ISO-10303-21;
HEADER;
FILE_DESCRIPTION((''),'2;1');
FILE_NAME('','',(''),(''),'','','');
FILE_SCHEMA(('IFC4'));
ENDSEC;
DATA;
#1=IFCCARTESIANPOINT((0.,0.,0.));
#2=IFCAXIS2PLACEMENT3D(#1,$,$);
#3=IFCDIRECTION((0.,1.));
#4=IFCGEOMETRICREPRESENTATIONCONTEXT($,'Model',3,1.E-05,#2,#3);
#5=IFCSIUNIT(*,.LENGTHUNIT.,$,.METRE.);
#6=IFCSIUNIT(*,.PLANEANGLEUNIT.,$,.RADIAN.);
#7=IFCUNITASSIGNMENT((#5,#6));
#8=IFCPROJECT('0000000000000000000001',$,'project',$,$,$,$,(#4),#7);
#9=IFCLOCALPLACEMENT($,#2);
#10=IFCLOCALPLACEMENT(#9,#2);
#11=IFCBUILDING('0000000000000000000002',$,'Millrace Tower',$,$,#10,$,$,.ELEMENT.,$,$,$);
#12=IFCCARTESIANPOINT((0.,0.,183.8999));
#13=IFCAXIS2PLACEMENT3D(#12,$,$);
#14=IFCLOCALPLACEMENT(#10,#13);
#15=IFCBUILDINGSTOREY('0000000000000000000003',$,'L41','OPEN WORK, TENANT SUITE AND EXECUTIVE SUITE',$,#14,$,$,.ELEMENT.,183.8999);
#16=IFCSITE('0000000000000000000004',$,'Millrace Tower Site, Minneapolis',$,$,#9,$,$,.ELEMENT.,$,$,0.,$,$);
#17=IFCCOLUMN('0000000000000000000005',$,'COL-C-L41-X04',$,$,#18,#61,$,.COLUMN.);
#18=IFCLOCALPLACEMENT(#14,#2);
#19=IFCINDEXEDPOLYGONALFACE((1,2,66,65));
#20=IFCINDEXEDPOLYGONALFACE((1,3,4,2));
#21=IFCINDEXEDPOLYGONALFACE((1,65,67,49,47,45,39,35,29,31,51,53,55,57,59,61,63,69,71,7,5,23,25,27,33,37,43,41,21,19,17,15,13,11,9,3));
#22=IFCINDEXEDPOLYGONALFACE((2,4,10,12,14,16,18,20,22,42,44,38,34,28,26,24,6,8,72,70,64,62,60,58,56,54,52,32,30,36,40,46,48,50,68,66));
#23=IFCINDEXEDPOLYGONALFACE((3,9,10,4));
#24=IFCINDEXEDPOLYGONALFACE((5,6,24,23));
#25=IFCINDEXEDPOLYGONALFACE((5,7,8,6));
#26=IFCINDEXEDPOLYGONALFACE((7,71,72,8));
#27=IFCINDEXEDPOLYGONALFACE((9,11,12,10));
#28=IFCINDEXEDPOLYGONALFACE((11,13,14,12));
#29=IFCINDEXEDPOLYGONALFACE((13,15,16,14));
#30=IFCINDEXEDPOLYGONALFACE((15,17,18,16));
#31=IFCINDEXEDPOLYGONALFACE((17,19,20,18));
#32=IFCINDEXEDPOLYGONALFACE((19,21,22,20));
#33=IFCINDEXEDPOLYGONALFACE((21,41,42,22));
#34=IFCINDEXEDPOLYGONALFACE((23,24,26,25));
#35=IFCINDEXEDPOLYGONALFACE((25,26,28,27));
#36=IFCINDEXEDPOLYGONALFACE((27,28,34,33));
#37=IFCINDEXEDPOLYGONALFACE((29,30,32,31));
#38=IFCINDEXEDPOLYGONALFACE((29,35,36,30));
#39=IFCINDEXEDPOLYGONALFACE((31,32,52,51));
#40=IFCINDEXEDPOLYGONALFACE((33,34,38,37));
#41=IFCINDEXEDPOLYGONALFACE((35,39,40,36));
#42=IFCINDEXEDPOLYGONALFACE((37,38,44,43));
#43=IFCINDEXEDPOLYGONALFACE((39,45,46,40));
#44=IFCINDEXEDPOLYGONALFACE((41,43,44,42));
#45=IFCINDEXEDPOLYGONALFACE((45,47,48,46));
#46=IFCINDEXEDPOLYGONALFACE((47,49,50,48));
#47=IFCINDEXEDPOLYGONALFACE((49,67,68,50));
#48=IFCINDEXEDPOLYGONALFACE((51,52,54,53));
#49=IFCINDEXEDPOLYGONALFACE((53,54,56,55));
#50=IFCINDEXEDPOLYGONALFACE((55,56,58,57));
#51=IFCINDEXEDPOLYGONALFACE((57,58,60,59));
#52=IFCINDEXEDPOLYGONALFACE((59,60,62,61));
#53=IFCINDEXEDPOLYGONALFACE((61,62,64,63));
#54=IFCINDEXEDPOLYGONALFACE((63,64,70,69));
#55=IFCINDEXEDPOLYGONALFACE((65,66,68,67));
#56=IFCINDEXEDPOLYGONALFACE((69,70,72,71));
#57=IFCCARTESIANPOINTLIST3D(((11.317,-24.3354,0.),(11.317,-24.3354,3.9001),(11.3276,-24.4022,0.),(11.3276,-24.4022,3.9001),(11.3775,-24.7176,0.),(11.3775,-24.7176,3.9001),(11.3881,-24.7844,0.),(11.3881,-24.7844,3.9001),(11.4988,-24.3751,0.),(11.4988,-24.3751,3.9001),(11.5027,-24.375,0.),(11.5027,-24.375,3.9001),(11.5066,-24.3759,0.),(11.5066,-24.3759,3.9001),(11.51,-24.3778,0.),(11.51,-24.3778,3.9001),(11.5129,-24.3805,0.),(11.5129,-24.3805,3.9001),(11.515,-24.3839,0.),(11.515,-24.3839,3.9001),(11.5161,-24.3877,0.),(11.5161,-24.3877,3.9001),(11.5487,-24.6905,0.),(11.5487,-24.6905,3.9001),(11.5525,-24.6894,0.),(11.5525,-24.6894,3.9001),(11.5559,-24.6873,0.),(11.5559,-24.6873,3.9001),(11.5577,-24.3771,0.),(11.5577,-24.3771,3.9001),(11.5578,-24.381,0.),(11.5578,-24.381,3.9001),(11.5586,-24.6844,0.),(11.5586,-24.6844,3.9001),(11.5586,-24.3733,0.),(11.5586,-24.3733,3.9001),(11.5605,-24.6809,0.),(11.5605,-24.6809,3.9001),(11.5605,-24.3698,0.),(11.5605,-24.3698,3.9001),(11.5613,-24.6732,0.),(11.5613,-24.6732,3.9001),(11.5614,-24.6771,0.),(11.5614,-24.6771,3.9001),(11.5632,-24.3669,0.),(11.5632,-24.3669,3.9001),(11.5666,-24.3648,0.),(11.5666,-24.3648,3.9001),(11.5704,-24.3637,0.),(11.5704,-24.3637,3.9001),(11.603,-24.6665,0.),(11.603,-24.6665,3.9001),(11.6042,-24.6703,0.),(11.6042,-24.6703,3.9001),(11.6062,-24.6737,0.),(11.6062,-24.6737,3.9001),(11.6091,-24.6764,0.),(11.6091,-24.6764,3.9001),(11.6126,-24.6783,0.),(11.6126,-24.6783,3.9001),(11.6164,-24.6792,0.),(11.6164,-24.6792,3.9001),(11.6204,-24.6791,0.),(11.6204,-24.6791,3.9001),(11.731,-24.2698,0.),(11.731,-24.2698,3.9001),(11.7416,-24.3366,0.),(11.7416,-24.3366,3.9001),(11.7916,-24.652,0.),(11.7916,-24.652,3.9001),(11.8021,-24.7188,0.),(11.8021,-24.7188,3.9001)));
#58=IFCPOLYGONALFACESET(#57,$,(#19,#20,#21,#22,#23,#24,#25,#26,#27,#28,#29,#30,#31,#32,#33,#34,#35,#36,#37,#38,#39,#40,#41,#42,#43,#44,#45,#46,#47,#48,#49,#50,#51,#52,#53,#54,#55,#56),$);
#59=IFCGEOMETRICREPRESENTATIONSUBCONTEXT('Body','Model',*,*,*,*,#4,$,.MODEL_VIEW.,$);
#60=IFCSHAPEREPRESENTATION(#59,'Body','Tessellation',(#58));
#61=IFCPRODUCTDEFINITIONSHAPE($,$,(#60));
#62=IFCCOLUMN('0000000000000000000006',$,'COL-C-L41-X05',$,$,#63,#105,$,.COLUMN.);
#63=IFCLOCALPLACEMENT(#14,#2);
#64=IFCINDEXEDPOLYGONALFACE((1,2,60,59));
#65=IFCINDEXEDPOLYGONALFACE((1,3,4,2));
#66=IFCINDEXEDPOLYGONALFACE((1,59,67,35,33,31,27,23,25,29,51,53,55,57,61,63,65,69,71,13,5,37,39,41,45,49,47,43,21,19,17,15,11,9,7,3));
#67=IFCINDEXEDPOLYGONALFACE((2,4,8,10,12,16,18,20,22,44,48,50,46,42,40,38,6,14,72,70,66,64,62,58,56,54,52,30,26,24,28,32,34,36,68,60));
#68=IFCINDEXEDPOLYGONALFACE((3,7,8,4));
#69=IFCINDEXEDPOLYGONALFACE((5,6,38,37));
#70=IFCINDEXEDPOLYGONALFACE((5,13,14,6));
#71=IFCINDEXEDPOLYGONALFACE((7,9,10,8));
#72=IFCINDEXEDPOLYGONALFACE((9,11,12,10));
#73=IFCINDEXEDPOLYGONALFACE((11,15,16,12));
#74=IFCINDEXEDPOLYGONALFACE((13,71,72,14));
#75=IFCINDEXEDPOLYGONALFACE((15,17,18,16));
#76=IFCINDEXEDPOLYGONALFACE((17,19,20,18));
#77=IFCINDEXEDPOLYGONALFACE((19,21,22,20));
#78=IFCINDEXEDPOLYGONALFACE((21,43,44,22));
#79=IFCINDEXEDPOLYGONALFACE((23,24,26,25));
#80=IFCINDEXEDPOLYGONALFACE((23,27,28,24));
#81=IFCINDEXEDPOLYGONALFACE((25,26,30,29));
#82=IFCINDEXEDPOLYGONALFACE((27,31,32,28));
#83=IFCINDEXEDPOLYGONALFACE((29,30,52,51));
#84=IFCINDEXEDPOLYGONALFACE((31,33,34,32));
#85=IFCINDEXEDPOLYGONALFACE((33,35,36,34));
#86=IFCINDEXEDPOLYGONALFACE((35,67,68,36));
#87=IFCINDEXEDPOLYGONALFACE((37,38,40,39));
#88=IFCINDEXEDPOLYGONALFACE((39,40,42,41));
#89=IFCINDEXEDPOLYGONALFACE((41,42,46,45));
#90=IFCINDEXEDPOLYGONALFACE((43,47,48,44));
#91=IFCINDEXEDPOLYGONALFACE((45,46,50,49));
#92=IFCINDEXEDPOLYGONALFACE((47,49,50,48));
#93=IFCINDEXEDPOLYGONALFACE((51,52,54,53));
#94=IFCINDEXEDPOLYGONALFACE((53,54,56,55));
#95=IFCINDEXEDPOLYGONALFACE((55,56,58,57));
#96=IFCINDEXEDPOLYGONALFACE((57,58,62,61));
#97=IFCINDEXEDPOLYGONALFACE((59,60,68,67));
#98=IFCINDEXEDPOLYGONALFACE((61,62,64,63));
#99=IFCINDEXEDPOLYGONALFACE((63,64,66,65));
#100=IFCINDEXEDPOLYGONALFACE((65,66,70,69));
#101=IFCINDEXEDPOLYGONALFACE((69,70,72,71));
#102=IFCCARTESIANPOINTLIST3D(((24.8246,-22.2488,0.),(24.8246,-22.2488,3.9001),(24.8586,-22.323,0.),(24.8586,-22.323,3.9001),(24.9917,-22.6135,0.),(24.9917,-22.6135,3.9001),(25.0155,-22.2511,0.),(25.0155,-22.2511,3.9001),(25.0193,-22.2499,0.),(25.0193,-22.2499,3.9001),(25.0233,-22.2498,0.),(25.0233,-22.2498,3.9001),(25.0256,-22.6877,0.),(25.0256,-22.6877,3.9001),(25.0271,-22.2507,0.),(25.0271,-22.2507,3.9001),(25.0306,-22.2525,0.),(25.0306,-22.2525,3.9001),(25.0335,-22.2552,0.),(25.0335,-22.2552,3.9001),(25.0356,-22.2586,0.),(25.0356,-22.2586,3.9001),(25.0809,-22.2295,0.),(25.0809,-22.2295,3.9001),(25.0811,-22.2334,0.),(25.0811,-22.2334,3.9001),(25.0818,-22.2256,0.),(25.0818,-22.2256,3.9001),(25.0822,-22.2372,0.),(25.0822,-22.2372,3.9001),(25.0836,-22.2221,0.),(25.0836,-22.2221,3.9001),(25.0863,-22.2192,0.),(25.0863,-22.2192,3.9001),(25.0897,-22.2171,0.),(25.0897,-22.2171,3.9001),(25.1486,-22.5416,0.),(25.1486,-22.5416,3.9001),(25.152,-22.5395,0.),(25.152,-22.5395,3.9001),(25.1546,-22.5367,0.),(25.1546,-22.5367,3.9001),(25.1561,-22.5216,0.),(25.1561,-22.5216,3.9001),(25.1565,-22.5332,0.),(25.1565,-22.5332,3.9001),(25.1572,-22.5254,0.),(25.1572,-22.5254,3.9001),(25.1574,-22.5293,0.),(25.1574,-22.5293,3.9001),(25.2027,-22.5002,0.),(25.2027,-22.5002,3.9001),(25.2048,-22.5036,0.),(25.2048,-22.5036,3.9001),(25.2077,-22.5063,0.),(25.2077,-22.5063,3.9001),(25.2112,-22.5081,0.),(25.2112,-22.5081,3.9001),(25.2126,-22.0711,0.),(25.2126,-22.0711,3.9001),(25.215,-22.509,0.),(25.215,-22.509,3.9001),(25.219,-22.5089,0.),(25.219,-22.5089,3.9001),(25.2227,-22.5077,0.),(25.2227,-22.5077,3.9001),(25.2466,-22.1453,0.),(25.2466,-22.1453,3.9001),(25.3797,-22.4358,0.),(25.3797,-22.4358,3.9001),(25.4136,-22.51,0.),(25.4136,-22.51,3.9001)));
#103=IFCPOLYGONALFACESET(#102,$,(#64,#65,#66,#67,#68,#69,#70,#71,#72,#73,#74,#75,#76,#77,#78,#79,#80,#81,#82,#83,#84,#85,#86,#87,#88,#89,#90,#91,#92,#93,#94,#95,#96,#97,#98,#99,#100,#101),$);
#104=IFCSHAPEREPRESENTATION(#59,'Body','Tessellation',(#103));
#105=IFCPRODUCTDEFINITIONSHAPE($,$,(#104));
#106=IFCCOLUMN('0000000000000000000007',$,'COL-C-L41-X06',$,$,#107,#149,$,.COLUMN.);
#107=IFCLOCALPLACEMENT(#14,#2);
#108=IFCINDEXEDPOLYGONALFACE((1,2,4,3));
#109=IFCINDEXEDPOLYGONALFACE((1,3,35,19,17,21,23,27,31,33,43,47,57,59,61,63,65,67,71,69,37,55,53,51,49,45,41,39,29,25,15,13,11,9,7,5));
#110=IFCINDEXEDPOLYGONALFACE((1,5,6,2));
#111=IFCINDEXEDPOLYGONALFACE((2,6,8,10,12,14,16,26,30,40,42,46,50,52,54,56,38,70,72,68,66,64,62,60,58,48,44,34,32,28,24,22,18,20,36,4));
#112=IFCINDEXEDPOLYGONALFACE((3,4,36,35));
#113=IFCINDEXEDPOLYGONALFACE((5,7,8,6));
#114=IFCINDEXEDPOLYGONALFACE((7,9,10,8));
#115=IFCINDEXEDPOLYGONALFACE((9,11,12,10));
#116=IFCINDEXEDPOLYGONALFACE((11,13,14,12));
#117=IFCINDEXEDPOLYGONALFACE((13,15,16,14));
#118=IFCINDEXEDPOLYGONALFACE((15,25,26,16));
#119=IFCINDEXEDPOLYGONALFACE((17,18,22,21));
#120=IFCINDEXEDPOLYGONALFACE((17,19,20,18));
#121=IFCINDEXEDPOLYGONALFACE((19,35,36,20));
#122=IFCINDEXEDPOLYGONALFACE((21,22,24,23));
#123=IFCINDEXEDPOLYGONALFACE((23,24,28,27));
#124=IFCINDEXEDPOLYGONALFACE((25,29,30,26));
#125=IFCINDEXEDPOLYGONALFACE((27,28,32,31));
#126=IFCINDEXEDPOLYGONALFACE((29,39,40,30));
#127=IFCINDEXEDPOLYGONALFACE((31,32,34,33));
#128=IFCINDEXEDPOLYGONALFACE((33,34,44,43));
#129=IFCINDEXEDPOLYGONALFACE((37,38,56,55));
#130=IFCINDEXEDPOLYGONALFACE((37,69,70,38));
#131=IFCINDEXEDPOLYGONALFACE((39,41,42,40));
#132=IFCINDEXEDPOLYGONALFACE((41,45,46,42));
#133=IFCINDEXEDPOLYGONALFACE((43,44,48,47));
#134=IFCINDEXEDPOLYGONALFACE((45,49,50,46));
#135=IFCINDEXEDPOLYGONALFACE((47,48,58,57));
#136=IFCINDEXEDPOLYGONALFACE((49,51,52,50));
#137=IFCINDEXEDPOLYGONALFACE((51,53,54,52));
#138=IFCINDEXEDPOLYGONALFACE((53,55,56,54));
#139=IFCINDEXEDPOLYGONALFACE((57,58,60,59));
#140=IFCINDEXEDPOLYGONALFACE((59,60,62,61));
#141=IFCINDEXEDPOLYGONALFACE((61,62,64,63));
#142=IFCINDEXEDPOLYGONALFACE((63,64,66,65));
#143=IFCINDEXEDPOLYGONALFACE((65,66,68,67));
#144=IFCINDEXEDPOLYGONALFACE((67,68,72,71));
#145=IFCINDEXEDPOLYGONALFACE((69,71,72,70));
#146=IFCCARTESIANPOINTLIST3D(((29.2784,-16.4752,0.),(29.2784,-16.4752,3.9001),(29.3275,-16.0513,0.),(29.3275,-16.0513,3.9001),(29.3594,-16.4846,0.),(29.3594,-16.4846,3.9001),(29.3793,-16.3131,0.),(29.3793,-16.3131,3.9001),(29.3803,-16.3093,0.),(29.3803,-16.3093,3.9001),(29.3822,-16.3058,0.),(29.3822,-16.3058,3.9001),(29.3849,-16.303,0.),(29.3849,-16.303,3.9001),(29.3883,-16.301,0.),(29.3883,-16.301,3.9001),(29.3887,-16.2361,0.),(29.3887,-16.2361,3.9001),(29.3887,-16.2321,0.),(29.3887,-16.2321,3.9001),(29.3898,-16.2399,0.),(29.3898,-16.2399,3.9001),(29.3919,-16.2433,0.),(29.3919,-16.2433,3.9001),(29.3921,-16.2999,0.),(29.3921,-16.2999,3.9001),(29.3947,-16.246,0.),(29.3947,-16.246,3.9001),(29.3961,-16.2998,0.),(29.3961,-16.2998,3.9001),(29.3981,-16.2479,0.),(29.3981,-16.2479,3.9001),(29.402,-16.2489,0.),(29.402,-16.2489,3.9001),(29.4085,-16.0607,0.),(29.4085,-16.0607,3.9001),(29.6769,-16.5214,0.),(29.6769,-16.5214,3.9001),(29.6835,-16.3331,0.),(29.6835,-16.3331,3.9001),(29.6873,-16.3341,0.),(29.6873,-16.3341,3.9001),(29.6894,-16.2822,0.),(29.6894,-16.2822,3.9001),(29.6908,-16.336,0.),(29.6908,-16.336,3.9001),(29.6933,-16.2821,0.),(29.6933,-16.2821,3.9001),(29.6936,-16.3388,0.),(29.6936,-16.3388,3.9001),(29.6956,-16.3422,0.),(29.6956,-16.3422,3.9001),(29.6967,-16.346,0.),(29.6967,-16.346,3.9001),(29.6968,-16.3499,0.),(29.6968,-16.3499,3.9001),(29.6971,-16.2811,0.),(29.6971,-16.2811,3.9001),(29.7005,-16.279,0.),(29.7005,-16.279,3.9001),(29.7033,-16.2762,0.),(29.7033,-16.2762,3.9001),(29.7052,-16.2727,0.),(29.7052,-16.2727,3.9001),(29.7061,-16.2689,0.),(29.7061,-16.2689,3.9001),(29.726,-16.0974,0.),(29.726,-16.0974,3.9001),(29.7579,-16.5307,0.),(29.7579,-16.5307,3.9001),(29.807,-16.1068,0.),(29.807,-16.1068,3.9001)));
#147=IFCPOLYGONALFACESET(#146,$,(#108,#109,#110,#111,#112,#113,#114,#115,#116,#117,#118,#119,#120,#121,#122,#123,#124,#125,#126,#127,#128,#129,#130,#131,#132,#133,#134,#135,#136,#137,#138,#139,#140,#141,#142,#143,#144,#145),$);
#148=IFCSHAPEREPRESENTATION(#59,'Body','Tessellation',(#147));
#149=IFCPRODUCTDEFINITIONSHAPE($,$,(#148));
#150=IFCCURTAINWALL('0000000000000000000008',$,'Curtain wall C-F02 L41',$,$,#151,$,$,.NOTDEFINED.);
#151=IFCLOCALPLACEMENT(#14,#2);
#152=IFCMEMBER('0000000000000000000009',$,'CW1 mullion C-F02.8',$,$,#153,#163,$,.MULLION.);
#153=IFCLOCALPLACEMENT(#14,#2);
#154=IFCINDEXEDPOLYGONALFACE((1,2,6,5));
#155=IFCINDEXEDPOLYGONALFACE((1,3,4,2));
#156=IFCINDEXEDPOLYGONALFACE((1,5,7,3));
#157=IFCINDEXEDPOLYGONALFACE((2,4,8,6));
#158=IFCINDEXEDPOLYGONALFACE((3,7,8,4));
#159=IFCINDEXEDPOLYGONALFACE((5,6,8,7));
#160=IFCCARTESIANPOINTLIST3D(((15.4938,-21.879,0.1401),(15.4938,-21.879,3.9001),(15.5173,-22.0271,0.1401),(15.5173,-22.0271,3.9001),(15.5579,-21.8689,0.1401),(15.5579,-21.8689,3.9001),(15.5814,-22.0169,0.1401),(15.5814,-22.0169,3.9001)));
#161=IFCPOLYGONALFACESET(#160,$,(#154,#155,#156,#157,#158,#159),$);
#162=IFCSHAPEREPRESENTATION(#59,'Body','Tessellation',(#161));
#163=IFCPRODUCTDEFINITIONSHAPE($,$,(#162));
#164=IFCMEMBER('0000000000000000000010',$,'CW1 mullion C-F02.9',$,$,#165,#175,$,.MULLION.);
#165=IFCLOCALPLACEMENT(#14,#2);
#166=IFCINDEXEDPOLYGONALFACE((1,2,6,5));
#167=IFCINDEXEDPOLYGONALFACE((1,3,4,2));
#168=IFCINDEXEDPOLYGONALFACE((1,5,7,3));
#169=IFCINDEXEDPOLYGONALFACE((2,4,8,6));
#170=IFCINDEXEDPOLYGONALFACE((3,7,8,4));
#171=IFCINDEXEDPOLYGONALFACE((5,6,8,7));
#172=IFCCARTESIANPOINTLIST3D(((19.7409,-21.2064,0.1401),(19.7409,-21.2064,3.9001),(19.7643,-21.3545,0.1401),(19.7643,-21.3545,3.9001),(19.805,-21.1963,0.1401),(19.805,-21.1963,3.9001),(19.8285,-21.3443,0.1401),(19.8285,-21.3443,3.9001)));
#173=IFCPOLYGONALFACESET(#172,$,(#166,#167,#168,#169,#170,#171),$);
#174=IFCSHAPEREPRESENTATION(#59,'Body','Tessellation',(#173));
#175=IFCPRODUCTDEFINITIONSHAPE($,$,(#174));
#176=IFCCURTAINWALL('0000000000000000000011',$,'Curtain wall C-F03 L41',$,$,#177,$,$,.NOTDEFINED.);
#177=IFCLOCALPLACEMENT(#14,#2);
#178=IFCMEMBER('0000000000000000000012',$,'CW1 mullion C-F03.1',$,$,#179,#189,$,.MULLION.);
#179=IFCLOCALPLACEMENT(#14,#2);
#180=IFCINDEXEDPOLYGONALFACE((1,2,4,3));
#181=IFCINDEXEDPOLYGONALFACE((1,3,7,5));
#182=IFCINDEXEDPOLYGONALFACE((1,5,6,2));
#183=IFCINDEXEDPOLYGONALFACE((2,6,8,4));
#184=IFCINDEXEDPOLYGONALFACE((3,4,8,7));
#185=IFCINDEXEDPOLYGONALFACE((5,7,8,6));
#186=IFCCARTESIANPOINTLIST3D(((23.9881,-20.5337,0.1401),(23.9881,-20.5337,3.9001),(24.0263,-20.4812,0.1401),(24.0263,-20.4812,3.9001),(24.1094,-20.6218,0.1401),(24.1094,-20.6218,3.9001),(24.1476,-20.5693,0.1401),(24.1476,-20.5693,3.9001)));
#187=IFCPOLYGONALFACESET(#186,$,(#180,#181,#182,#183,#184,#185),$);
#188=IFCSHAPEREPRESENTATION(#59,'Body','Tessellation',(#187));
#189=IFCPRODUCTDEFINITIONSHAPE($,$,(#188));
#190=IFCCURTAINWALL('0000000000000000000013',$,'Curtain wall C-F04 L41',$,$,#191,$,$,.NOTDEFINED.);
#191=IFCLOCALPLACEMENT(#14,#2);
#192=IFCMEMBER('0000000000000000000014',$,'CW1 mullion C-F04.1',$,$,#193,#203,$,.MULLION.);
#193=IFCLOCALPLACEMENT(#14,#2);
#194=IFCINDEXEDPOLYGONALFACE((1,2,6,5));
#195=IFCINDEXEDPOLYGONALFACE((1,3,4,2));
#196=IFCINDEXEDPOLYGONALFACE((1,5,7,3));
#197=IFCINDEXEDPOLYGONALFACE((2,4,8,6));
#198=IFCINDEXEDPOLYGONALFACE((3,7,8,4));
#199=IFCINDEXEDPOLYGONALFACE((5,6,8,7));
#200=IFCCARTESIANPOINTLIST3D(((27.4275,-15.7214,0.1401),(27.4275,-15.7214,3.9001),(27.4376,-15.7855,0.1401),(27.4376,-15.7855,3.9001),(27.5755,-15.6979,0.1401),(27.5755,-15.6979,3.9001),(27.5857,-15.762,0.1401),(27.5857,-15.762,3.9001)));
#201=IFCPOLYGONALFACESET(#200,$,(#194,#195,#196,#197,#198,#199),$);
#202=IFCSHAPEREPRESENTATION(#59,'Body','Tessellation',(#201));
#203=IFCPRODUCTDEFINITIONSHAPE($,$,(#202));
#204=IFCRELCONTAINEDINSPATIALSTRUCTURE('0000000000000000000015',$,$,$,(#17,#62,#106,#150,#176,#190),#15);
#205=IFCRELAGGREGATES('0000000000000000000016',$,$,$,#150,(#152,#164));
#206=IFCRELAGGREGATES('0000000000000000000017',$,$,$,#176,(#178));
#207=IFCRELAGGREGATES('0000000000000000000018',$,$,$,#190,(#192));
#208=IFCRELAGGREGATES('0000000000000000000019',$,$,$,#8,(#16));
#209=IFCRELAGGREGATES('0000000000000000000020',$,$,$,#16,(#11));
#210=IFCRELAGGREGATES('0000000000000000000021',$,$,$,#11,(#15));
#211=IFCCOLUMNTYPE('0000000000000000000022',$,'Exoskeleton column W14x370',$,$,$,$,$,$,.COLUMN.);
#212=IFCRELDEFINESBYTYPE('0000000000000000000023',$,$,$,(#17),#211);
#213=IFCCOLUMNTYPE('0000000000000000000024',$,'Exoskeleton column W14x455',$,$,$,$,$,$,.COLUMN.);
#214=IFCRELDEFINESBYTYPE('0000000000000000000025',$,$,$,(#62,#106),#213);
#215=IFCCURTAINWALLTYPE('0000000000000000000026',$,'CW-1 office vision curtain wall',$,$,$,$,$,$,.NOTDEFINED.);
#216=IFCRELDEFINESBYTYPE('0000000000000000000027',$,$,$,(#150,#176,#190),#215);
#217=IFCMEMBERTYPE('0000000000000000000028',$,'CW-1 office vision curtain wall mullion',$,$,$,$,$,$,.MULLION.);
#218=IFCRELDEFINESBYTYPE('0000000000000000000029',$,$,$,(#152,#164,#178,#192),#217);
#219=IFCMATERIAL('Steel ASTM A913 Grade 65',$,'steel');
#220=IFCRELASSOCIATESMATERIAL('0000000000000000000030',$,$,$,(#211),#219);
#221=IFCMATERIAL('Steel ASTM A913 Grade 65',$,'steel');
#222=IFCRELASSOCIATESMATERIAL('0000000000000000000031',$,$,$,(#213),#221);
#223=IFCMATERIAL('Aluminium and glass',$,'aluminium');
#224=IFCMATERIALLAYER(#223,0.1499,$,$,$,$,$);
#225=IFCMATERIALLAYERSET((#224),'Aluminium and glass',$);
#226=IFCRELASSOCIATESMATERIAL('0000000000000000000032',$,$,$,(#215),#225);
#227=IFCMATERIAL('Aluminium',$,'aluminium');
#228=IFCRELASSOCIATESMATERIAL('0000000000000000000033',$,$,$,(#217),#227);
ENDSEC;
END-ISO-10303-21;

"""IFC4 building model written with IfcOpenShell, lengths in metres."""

from ifc_helpers import new_model, si_unit, direction, frame, origin, origin_2d, place, context, subcontext, project, spatial, rectangle, i_section, extrude, material, layer, layer_set, material_profile, profile_set, type_object, element, aggregate, save


model = new_model("IFC4")

# Units and contexts
model_context = context("Model", 3, precision=1e-05, world=origin(), true_north=direction((0.0, 1.0)))
body_context = subcontext(model_context, "Body", "Model", "MODEL_VIEW")
ifc_project = project(units=[si_unit("LENGTHUNIT", "METRE"), si_unit("PLANEANGLEUNIT", "RADIAN")], contexts=[model_context])

# Site, building, storey
site_placement = place(None, origin())
site = spatial("IfcSite", under=ifc_project, at=site_placement, Name="Millrace Tower Site, Minneapolis", CompositionType="ELEMENT", RefElevation=0.0)
building_placement = place(site_placement, origin())
building = spatial("IfcBuilding", under=site, at=building_placement, Name="Millrace Tower", CompositionType="ELEMENT")
storey_placement = place(building_placement, frame((0.0, 0.0, 183.8999)))
storey = spatial("IfcBuildingStorey", under=building, at=storey_placement, Name="L41", Description="OPEN WORK, TENANT SUITE AND EXECUTIVE SUITE", CompositionType="ELEMENT", Elevation=183.8999)

# Columns
ifc_material_1 = material(Name="Steel ASTM A913 Grade 65", Category="steel")
ifc_material_profile_1 = material_profile(ifc_material_1, i_section(OverallWidth=0.4192, OverallDepth=0.4546, WebThickness=0.0422, FlangeThickness=0.0676, FilletRadius=0.0151, at=origin_2d()))
ifc_profile_set_1 = profile_set([ifc_material_profile_1], Name="Steel ASTM A913 Grade 65")
column_type_1 = type_object("IfcColumnType", Name="Exoskeleton column W14x370", PredefinedType="COLUMN", material=ifc_profile_set_1)
column_placement = place(storey_placement, frame((11.5596, -24.5271, 0.0), z_axis=(0.0, 0.0, 1.0), x_axis=(0.987688, 0.156434, 0.0)))
element("IfcColumn", 1, at=column_placement, inside=storey, type_object=column_type_1, Name="COL-C-L41-X04", PredefinedType="COLUMN", context=body_context, shape_type="SweptSolid", body=[
    extrude(i_section(OverallWidth=0.4192, OverallDepth=0.4546, WebThickness=0.0422, FlangeThickness=0.0676, FilletRadius=0.0151, at=origin_2d()), origin(), (0.0, 0.0, 1.0), 3.9001),
])
ifc_material_2 = material(Name="Steel ASTM A913 Grade 65", Category="steel")
ifc_material_profile_2 = material_profile(ifc_material_2, i_section(OverallWidth=0.4268, OverallDepth=0.4827, WebThickness=0.0513, FlangeThickness=0.0815, FilletRadius=0.0151, at=origin_2d()))
ifc_profile_set_2 = profile_set([ifc_material_profile_2], Name="Steel ASTM A913 Grade 65")
column_type_2 = type_object("IfcColumnType", Name="Exoskeleton column W14x455", PredefinedType="COLUMN", material=ifc_profile_set_2)
for number, where, z_axis, x_axis, name in (
    (2, (25.1191, -22.3794, 0.0), (0.0, 0.0, 1.0), (0.909181, 0.416401, 0.0), "COL-C-L41-X05"),
    (3, (29.5427, -16.291, 0.0), (0.0, 0.0, 1.0), (0.115069, 0.993358, 0.0), "COL-C-L41-X06"),
):
    element("IfcColumn", number, at=place(storey_placement, frame(where, z_axis=z_axis, x_axis=x_axis)), inside=storey, type_object=column_type_2, Name=name, PredefinedType="COLUMN", context=body_context, shape_type="SweptSolid", body=[
        extrude(i_section(OverallWidth=0.4268, OverallDepth=0.4827, WebThickness=0.0513, FlangeThickness=0.0815, FilletRadius=0.0151, at=origin_2d()), origin(), (0.0, 0.0, 1.0), 3.9001),
    ])

# Curtain wall, members
ifc_material_3 = material(Name="Aluminium and glass", Category="aluminium")
ifc_layer_1 = layer(ifc_material_3, 0.1499)
ifc_layer_set_1 = layer_set([ifc_layer_1], Name="Aluminium and glass")
curtain_wall_type = type_object("IfcCurtainWallType", Name="CW-1 office vision curtain wall", PredefinedType="NOTDEFINED", material=ifc_layer_set_1)
placement = place(storey_placement, origin())
curtain_wall_1 = element("IfcCurtainWall", 4, at=placement, inside=storey, type_object=curtain_wall_type, Name="Curtain wall C-F02 L41", PredefinedType="NOTDEFINED")
ifc_material_4 = material(Name="Aluminium", Category="aluminium")
ifc_material_profile_3 = material_profile(ifc_material_4, rectangle(XDim=0.0649, YDim=0.1499, at=origin_2d()))
ifc_profile_set_3 = profile_set([ifc_material_profile_3], Name="Aluminium")
member_type_1 = type_object("IfcMemberType", Name="CW-1 office vision curtain wall mullion", PredefinedType="MULLION", material=ifc_profile_set_3)
member_1_placement = place(storey_placement, frame((15.5376, -21.948, 0.1401), z_axis=(0.0, 0.0, 1.0), x_axis=(0.987688, 0.156434, 0.0)))
member_1 = element("IfcMember", 5, at=member_1_placement, type_object=member_type_1, Name="CW1 mullion C-F02.8", PredefinedType="MULLION", context=body_context, shape_type="SweptSolid", body=[
    extrude(rectangle(XDim=0.0649, YDim=0.1499, at=origin_2d()), origin(), (0.0, 0.0, 1.0), 3.76),
])
member_2_placement = place(storey_placement, frame((19.7847, -21.2754, 0.1401), z_axis=(0.0, 0.0, 1.0), x_axis=(0.987688, 0.156434, 0.0)))
member_2 = element("IfcMember", 6, at=member_2_placement, type_object=member_type_1, Name="CW1 mullion C-F02.9", PredefinedType="MULLION", context=body_context, shape_type="SweptSolid", body=[
    extrude(rectangle(XDim=0.0649, YDim=0.1499, at=origin_2d()), origin(), (0.0, 0.0, 1.0), 3.76),
])
aggregate(curtain_wall_1, [member_1, member_2])

# Curtain walls, members
curtain_wall_2 = element("IfcCurtainWall", 7, at=placement, inside=storey, type_object=curtain_wall_type, Name="Curtain wall C-F03 L41", PredefinedType="NOTDEFINED")
member_3_placement = place(storey_placement, frame((24.0679, -20.5515, 0.1401), z_axis=(0.0, 0.0, 1.0), x_axis=(0.587785, 0.809017, 0.0)))
member_3 = element("IfcMember", 8, at=member_3_placement, type_object=member_type_1, Name="CW1 mullion C-F03.1", PredefinedType="MULLION", context=body_context, shape_type="SweptSolid", body=[
    extrude(rectangle(XDim=0.0649, YDim=0.1499, at=origin_2d()), origin(), (0.0, 0.0, 1.0), 3.76),
])
curtain_wall_3 = element("IfcCurtainWall", 9, at=placement, inside=storey, type_object=curtain_wall_type, Name="Curtain wall C-F04 L41", PredefinedType="NOTDEFINED")
member_4_placement = place(storey_placement, frame((27.5066, -15.7417, 0.1401), z_axis=(0.0, 0.0, 1.0), x_axis=(-0.156434, 0.987688, 0.0)))
member_4 = element("IfcMember", 10, at=member_4_placement, type_object=member_type_1, Name="CW1 mullion C-F04.1", PredefinedType="MULLION", context=body_context, shape_type="SweptSolid", body=[
    extrude(rectangle(XDim=0.0649, YDim=0.1499, at=origin_2d()), origin(), (0.0, 0.0, 1.0), 3.76),
])

aggregate(curtain_wall_2, [member_3])
aggregate(curtain_wall_3, [member_4])

save(model, "model.ifc")
